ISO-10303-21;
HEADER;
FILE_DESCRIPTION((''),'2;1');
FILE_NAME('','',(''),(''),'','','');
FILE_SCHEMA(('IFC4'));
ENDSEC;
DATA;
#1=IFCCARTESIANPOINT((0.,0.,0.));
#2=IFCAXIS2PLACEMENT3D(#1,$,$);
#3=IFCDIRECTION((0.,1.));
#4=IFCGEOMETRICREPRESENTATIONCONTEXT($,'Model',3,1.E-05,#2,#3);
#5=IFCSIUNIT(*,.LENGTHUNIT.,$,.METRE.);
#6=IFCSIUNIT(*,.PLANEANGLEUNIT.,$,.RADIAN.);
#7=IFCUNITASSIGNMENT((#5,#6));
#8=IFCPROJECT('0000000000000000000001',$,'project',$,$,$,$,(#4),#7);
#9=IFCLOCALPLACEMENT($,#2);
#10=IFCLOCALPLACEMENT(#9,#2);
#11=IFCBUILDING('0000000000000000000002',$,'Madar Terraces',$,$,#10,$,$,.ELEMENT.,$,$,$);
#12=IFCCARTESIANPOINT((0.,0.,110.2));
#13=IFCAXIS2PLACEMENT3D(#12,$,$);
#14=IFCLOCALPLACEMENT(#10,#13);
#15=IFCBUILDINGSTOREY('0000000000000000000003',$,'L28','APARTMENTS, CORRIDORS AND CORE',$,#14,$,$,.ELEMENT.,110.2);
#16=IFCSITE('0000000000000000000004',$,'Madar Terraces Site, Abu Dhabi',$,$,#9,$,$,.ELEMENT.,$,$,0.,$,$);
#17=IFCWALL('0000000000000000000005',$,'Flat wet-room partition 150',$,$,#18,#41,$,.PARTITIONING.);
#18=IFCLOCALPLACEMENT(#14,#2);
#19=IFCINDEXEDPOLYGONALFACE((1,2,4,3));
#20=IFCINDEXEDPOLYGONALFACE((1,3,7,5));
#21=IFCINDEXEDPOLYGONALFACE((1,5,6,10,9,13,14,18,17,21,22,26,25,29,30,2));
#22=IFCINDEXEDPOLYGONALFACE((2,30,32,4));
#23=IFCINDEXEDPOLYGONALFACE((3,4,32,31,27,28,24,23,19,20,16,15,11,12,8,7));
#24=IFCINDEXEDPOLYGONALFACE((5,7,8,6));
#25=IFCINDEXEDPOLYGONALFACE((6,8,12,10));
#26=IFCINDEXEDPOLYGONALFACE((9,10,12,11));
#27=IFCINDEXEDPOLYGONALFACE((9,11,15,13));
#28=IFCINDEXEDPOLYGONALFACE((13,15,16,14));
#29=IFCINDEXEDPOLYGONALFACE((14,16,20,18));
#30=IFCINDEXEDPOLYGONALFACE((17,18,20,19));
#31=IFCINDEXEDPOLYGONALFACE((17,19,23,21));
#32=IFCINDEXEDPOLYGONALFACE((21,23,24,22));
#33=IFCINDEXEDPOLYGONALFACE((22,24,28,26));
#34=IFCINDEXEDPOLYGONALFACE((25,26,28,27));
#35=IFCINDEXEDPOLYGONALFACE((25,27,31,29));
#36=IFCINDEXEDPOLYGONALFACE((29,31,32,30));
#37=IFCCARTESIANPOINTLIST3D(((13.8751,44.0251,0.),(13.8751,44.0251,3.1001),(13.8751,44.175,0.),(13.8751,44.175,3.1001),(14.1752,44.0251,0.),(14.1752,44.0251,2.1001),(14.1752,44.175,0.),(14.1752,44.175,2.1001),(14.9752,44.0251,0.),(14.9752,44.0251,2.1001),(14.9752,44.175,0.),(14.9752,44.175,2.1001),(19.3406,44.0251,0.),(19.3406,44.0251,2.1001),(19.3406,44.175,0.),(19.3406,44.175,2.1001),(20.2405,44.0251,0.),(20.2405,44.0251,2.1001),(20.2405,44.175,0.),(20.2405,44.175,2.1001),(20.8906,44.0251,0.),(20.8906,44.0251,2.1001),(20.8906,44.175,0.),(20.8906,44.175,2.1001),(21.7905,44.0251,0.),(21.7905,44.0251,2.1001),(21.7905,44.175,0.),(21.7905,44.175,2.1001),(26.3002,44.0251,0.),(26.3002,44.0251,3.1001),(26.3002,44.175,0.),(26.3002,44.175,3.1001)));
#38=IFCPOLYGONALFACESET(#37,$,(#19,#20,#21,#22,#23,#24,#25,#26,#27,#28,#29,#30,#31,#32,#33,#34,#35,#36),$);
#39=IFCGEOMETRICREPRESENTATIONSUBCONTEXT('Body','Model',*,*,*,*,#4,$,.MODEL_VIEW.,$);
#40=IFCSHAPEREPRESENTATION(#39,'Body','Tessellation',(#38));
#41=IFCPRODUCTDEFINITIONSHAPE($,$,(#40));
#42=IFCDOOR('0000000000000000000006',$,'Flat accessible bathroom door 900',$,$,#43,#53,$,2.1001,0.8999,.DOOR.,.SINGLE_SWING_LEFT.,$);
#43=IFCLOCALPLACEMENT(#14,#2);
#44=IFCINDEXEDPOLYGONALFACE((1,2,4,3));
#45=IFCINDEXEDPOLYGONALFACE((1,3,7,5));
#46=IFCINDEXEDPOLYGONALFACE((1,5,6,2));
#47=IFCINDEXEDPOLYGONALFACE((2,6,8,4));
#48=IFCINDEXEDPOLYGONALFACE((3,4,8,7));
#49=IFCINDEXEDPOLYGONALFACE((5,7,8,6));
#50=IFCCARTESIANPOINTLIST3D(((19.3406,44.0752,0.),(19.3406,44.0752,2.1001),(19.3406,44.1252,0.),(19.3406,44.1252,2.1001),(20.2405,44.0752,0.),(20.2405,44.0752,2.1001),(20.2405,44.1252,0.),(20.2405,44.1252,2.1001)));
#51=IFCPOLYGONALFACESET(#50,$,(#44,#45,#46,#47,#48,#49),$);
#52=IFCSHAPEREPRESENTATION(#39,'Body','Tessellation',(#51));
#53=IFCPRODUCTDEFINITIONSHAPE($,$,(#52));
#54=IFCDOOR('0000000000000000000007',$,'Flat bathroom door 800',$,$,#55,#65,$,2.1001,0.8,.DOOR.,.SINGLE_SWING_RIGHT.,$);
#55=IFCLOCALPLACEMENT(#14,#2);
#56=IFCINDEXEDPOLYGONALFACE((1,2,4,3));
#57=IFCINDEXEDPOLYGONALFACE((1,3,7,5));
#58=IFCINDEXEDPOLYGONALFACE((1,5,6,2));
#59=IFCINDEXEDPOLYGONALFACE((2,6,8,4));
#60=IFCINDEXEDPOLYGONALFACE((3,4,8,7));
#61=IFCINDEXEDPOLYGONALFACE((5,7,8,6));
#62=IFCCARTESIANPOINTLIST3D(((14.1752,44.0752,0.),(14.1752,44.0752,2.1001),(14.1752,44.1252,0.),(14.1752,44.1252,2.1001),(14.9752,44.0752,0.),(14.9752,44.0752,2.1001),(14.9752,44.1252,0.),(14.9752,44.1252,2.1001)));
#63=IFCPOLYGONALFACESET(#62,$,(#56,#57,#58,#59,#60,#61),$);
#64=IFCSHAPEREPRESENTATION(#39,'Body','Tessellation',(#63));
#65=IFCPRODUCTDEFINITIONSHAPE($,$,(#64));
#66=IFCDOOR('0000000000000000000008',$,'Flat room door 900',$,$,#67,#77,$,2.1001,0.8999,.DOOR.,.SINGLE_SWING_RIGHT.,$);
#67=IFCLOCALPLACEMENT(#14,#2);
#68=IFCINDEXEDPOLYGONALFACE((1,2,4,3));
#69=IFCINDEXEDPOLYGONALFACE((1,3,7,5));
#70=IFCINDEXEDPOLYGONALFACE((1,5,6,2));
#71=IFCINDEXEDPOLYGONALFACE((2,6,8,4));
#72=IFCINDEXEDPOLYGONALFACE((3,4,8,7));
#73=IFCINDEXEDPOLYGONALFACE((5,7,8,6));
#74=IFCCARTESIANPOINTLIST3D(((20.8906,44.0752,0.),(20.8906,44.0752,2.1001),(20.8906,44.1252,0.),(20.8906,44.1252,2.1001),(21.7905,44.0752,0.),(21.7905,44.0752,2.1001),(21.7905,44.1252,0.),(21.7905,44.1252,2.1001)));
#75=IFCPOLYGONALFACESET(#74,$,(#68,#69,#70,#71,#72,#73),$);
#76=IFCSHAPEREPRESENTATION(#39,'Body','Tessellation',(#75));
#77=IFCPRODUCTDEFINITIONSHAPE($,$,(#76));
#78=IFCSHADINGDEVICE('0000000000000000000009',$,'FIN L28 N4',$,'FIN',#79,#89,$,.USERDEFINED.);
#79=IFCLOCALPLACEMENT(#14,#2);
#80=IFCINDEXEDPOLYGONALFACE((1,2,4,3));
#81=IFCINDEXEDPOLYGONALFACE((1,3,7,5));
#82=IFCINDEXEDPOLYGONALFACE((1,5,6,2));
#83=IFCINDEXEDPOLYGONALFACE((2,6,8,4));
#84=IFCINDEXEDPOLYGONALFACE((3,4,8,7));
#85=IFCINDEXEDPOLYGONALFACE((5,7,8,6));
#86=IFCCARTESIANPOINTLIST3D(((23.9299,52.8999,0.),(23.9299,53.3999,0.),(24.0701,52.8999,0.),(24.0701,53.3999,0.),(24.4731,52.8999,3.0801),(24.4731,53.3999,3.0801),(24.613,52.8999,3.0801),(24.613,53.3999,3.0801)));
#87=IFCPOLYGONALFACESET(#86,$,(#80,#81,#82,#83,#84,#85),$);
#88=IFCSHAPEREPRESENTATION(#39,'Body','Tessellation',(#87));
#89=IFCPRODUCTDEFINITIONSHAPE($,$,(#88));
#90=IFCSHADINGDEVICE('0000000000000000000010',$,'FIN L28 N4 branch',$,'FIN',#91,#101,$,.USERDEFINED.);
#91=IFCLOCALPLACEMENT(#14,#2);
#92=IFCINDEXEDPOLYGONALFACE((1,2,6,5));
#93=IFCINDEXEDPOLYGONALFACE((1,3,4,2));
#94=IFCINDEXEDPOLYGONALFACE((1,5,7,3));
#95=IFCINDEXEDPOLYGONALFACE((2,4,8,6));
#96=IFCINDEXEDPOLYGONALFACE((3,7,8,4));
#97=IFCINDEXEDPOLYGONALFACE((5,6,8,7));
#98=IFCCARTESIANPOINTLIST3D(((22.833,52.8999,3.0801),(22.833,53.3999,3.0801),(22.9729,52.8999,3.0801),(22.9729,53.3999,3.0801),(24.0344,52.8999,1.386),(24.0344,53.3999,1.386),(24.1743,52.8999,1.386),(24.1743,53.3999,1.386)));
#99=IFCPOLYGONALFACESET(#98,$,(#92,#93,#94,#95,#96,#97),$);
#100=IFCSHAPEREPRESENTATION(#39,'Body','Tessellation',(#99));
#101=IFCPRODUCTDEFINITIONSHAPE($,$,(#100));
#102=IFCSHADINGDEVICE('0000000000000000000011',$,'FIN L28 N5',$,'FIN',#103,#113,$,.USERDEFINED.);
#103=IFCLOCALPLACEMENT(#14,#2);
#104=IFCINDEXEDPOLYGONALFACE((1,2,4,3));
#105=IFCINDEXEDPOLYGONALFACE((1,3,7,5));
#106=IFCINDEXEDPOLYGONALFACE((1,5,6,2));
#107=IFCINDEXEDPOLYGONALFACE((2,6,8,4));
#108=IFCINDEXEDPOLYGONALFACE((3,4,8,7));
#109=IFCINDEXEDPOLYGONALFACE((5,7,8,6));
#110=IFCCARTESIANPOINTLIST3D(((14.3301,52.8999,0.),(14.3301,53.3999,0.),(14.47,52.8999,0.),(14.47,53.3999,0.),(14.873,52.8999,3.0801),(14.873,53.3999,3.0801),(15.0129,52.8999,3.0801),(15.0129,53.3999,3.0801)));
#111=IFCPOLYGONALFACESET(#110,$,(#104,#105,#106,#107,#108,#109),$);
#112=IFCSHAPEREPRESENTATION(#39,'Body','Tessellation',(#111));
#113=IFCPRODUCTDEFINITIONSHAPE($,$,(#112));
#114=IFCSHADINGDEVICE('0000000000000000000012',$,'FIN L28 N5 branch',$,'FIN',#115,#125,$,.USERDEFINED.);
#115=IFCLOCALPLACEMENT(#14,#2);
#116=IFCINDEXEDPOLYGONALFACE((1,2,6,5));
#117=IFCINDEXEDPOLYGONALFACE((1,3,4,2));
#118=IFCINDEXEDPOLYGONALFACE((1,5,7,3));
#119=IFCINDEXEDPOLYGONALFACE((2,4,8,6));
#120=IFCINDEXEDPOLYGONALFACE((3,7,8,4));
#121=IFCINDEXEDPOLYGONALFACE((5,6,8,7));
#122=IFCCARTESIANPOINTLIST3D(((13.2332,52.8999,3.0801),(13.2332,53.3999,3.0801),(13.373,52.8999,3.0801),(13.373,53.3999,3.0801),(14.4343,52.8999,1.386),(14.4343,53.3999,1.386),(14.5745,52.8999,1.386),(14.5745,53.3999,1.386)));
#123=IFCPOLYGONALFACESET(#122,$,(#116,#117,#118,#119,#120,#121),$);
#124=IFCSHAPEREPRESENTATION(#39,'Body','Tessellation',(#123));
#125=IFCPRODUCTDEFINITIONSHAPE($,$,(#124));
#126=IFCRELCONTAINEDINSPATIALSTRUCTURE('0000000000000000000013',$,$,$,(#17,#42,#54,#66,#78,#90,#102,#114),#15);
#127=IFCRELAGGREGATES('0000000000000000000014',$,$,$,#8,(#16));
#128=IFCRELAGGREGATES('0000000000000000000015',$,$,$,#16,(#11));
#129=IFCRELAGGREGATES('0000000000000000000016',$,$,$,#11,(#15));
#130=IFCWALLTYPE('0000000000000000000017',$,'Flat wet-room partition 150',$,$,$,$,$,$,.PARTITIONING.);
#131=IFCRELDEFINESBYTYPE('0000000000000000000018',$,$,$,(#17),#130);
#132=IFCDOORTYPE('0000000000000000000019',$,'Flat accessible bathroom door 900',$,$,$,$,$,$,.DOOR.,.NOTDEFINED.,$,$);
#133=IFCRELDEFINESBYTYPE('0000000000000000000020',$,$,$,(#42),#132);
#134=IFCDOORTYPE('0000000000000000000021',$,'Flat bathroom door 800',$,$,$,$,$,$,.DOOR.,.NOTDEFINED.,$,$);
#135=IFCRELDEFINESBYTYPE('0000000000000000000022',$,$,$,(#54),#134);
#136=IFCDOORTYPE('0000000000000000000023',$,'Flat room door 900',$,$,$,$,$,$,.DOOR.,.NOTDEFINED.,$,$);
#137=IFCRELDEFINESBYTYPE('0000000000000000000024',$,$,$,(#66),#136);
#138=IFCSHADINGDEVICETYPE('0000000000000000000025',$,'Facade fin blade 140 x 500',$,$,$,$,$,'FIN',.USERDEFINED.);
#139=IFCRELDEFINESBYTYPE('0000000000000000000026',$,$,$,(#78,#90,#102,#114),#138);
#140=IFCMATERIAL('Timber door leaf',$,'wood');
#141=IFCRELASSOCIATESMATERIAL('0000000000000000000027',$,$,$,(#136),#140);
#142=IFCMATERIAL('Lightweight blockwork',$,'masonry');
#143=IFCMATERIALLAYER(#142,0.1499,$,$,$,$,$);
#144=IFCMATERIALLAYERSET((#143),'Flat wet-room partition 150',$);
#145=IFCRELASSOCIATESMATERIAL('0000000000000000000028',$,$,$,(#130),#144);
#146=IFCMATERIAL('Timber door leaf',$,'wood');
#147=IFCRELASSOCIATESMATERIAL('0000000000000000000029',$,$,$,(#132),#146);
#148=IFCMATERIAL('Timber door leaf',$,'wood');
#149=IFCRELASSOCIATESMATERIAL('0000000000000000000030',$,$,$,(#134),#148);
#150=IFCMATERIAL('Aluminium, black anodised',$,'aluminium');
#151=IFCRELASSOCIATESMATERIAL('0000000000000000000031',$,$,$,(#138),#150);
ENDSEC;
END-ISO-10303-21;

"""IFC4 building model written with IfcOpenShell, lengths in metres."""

from ifc_helpers import new_model, si_unit, direction, frame, frame_2d, origin, place, context, subcontext, project, spatial, polyline, rectangle, outline, extrude, material, layer, layer_set, type_object, element, fill, save


model = new_model("IFC4")

# Units and contexts
model_context = context("Model", 3, precision=1e-05, world=origin(), true_north=direction((0.0, 1.0)))
body_context = subcontext(model_context, "Body", "Model", "MODEL_VIEW")
ifc_project = project(units=[si_unit("LENGTHUNIT", "METRE"), si_unit("PLANEANGLEUNIT", "RADIAN")], contexts=[model_context])

# Site, building, storey
site_placement = place(None, origin())
site = spatial("IfcSite", under=ifc_project, at=site_placement, Name="Madar Terraces Site, Abu Dhabi", CompositionType="ELEMENT", RefElevation=0.0)
building_placement = place(site_placement, origin())
building = spatial("IfcBuilding", under=site, at=building_placement, Name="Madar Terraces", CompositionType="ELEMENT")
storey_placement = place(building_placement, frame((0.0, 0.0, 110.2)))
storey = spatial("IfcBuildingStorey", under=building, at=storey_placement, Name="L28", Description="APARTMENTS, CORRIDORS AND CORE", CompositionType="ELEMENT", Elevation=110.2)

# Shared definitions
ifc_material_1 = material(Name="Timber door leaf", Category="wood")
door_type_1 = type_object("IfcDoorType", Name="Flat room door 900", OperationType="NOTDEFINED", PredefinedType="DOOR", material=ifc_material_1)

# Wall, openings, doors
ifc_material_2 = material(Name="Lightweight blockwork", Category="masonry")
ifc_layer_1 = layer(ifc_material_2, 0.1499)
ifc_layer_set_1 = layer_set([ifc_layer_1], Name="Flat wet-room partition 150")
wall_type_1 = type_object("IfcWallType", Name="Flat wet-room partition 150", PredefinedType="PARTITIONING", material=ifc_layer_set_1)
wall_1_placement = place(storey_placement, frame((26.3, 44.1001, 0.0), z_axis=(0.0, 0.0, 1.0), x_axis=(-1.0, 0.0, 0.0)))
wall_1 = element("IfcWall", 1, at=wall_1_placement, inside=storey, type_object=wall_type_1, Name="Flat wet-room partition 150", PredefinedType="PARTITIONING", context=body_context, shape_type="SweptSolid", body=[
    extrude(rectangle(XDim=12.425, YDim=0.1499, at=frame_2d((6.2124, 0.0))), origin(), (0.0, 0.0, 1.0), 3.1001),
])
opening_1_placement = place(wall_1_placement, frame((11.325, 0.0, 0.0)))
opening_1 = element("IfcOpeningElement", 2, at=opening_1_placement, cuts=wall_1, PredefinedType="OPENING", context=body_context, shape_type="SweptSolid", body=[
    extrude(rectangle(XDim=0.8, YDim=2.1001, at=frame_2d((0.3999, 1.05))), frame((0.0, 0.085, 0.0), z_axis=(0.0, -1.0, 0.0), x_axis=(1.0, 0.0, 0.0)), (0.0, 0.0, 1.0), 0.1699),
])
opening_2_placement = place(wall_1_placement, frame((6.0596, 0.0, 0.0)))
opening_2 = element("IfcOpeningElement", 3, at=opening_2_placement, cuts=wall_1, PredefinedType="OPENING", context=body_context, shape_type="SweptSolid", body=[
    extrude(rectangle(XDim=0.8999, YDim=2.1001, at=frame_2d((0.45, 1.05))), frame((0.0, 0.085, 0.0), z_axis=(0.0, -1.0, 0.0), x_axis=(1.0, 0.0, 0.0)), (0.0, 0.0, 1.0), 0.1699),
])
opening_3_placement = place(wall_1_placement, frame((4.5095, 0.0, 0.0)))
opening_3 = element("IfcOpeningElement", 4, at=opening_3_placement, cuts=wall_1, PredefinedType="OPENING", context=body_context, shape_type="SweptSolid", body=[
    extrude(rectangle(XDim=0.8999, YDim=2.1001, at=frame_2d((0.45, 1.05))), frame((0.0, 0.085, 0.0), z_axis=(0.0, -1.0, 0.0), x_axis=(1.0, 0.0, 0.0)), (0.0, 0.0, 1.0), 0.1699),
])
ifc_material_3 = material(Name="Timber door leaf", Category="wood")
door_type_2 = type_object("IfcDoorType", Name="Flat accessible bathroom door 900", OperationType="NOTDEFINED", PredefinedType="DOOR", material=ifc_material_3)
door_1_placement = place(opening_2_placement, origin())
door_1 = element("IfcDoor", 5, at=door_1_placement, inside=storey, type_object=door_type_2, Name="Flat accessible bathroom door 900", OperationType="SINGLE_SWING_LEFT", OverallHeight=2.1001, OverallWidth=0.8999, PredefinedType="DOOR", context=body_context, shape_type="SweptSolid", body=[
    extrude(rectangle(XDim=0.8999, YDim=2.1001, at=frame_2d((0.45, 1.05))), frame((0.0, 0.0249, 0.0), z_axis=(0.0, -1.0, 0.0), x_axis=(1.0, 0.0, 0.0)), (0.0, 0.0, 1.0), 0.05),
])
fill(opening_2, door_1)
ifc_material_4 = material(Name="Timber door leaf", Category="wood")
door_type_3 = type_object("IfcDoorType", Name="Flat bathroom door 800", OperationType="NOTDEFINED", PredefinedType="DOOR", material=ifc_material_4)
door_2_placement = place(opening_1_placement, origin())
door_2 = element("IfcDoor", 6, at=door_2_placement, inside=storey, type_object=door_type_3, Name="Flat bathroom door 800", OperationType="SINGLE_SWING_RIGHT", OverallHeight=2.1001, OverallWidth=0.8, PredefinedType="DOOR", context=body_context, shape_type="SweptSolid", body=[
    extrude(rectangle(XDim=0.8, YDim=2.1001, at=frame_2d((0.3999, 1.05))), frame((0.0, 0.0249, 0.0), z_axis=(0.0, -1.0, 0.0), x_axis=(1.0, 0.0, 0.0)), (0.0, 0.0, 1.0), 0.05),
])
fill(opening_1, door_2)
door_3_placement = place(opening_3_placement, origin())
door_3 = element("IfcDoor", 7, at=door_3_placement, inside=storey, type_object=door_type_1, Name="Flat room door 900", OperationType="SINGLE_SWING_RIGHT", OverallHeight=2.1001, OverallWidth=0.8999, PredefinedType="DOOR", context=body_context, shape_type="SweptSolid", body=[
    extrude(rectangle(XDim=0.8999, YDim=2.1001, at=frame_2d((0.45, 1.05))), frame((0.0, 0.0249, 0.0), z_axis=(0.0, -1.0, 0.0), x_axis=(1.0, 0.0, 0.0)), (0.0, 0.0, 1.0), 0.05),
])
fill(opening_3, door_3)

# Shading devices
ifc_material_5 = material(Name="Aluminium, black anodised", Category="aluminium")
shading_device_type = type_object("IfcShadingDeviceType", Name="Facade fin blade 140 x 500", ElementType="FIN", PredefinedType="USERDEFINED", material=ifc_material_5)
shading_device_1_placement = place(storey_placement, frame((24.0701, 53.1499, 0.0), z_axis=(0.0, 0.0, 1.0), x_axis=(-1.0, 0.0, 0.0)))
element("IfcShadingDevice", 8, at=shading_device_1_placement, inside=storey, type_object=shading_device_type, Name="FIN L28 N4", ObjectType="FIN", PredefinedType="USERDEFINED", context=body_context, shape_type="SweptSolid", body=[
    extrude(outline(polyline([(0.0, 0.0), (0.1401, 0.0), (-0.4031, 3.0801), (-0.543, 3.0801), (0.0, 0.0)])), frame((0.0, 0.25, 0.0), z_axis=(0.0, -1.0, 0.0), x_axis=(1.0, 0.0, 0.0)), (0.0, 0.0, 1.0), 0.5),
])
shading_device_2_placement = place(storey_placement, frame((24.1743, 53.1499, 1.386), z_axis=(0.0, 0.0, 1.0), x_axis=(-1.0, 0.0, 0.0)))
element("IfcShadingDevice", 9, at=shading_device_2_placement, inside=storey, type_object=shading_device_type, Name="FIN L28 N4 branch", ObjectType="FIN", PredefinedType="USERDEFINED", context=body_context, shape_type="SweptSolid", body=[
    extrude(outline(polyline([(0.0, 0.0), (0.1399, 0.0), (1.3413, 1.6941), (1.2014, 1.6941), (0.0, 0.0)])), frame((0.0, 0.25, 0.0), z_axis=(0.0, -1.0, 0.0), x_axis=(1.0, 0.0, 0.0)), (0.0, 0.0, 1.0), 0.5),
])
shading_device_3_placement = place(storey_placement, frame((14.47, 53.1499, 0.0), z_axis=(0.0, 0.0, 1.0), x_axis=(-1.0, 0.0, 0.0)))
element("IfcShadingDevice", 10, at=shading_device_3_placement, inside=storey, type_object=shading_device_type, Name="FIN L28 N5", ObjectType="FIN", PredefinedType="USERDEFINED", context=body_context, shape_type="SweptSolid", body=[
    extrude(outline(polyline([(0.0, 0.0), (0.1399, 0.0), (-0.4031, 3.0801), (-0.543, 3.0801), (0.0, 0.0)])), frame((0.0, 0.25, 0.0), z_axis=(0.0, -1.0, 0.0), x_axis=(1.0, 0.0, 0.0)), (0.0, 0.0, 1.0), 0.5),
])
shading_device_4_placement = place(storey_placement, frame((14.5745, 53.1499, 1.386), z_axis=(0.0, 0.0, 1.0), x_axis=(-1.0, 0.0, 0.0)))
element("IfcShadingDevice", 11, at=shading_device_4_placement, inside=storey, type_object=shading_device_type, Name="FIN L28 N5 branch", ObjectType="FIN", PredefinedType="USERDEFINED", context=body_context, shape_type="SweptSolid", body=[
    extrude(outline(polyline([(0.0, 0.0), (0.1401, 0.0), (1.3413, 1.6941), (1.2014, 1.6941), (0.0, 0.0)])), frame((0.0, 0.25, 0.0), z_axis=(0.0, -1.0, 0.0), x_axis=(1.0, 0.0, 0.0)), (0.0, 0.0, 1.0), 0.5),
])

save(model, "model.ifc")
